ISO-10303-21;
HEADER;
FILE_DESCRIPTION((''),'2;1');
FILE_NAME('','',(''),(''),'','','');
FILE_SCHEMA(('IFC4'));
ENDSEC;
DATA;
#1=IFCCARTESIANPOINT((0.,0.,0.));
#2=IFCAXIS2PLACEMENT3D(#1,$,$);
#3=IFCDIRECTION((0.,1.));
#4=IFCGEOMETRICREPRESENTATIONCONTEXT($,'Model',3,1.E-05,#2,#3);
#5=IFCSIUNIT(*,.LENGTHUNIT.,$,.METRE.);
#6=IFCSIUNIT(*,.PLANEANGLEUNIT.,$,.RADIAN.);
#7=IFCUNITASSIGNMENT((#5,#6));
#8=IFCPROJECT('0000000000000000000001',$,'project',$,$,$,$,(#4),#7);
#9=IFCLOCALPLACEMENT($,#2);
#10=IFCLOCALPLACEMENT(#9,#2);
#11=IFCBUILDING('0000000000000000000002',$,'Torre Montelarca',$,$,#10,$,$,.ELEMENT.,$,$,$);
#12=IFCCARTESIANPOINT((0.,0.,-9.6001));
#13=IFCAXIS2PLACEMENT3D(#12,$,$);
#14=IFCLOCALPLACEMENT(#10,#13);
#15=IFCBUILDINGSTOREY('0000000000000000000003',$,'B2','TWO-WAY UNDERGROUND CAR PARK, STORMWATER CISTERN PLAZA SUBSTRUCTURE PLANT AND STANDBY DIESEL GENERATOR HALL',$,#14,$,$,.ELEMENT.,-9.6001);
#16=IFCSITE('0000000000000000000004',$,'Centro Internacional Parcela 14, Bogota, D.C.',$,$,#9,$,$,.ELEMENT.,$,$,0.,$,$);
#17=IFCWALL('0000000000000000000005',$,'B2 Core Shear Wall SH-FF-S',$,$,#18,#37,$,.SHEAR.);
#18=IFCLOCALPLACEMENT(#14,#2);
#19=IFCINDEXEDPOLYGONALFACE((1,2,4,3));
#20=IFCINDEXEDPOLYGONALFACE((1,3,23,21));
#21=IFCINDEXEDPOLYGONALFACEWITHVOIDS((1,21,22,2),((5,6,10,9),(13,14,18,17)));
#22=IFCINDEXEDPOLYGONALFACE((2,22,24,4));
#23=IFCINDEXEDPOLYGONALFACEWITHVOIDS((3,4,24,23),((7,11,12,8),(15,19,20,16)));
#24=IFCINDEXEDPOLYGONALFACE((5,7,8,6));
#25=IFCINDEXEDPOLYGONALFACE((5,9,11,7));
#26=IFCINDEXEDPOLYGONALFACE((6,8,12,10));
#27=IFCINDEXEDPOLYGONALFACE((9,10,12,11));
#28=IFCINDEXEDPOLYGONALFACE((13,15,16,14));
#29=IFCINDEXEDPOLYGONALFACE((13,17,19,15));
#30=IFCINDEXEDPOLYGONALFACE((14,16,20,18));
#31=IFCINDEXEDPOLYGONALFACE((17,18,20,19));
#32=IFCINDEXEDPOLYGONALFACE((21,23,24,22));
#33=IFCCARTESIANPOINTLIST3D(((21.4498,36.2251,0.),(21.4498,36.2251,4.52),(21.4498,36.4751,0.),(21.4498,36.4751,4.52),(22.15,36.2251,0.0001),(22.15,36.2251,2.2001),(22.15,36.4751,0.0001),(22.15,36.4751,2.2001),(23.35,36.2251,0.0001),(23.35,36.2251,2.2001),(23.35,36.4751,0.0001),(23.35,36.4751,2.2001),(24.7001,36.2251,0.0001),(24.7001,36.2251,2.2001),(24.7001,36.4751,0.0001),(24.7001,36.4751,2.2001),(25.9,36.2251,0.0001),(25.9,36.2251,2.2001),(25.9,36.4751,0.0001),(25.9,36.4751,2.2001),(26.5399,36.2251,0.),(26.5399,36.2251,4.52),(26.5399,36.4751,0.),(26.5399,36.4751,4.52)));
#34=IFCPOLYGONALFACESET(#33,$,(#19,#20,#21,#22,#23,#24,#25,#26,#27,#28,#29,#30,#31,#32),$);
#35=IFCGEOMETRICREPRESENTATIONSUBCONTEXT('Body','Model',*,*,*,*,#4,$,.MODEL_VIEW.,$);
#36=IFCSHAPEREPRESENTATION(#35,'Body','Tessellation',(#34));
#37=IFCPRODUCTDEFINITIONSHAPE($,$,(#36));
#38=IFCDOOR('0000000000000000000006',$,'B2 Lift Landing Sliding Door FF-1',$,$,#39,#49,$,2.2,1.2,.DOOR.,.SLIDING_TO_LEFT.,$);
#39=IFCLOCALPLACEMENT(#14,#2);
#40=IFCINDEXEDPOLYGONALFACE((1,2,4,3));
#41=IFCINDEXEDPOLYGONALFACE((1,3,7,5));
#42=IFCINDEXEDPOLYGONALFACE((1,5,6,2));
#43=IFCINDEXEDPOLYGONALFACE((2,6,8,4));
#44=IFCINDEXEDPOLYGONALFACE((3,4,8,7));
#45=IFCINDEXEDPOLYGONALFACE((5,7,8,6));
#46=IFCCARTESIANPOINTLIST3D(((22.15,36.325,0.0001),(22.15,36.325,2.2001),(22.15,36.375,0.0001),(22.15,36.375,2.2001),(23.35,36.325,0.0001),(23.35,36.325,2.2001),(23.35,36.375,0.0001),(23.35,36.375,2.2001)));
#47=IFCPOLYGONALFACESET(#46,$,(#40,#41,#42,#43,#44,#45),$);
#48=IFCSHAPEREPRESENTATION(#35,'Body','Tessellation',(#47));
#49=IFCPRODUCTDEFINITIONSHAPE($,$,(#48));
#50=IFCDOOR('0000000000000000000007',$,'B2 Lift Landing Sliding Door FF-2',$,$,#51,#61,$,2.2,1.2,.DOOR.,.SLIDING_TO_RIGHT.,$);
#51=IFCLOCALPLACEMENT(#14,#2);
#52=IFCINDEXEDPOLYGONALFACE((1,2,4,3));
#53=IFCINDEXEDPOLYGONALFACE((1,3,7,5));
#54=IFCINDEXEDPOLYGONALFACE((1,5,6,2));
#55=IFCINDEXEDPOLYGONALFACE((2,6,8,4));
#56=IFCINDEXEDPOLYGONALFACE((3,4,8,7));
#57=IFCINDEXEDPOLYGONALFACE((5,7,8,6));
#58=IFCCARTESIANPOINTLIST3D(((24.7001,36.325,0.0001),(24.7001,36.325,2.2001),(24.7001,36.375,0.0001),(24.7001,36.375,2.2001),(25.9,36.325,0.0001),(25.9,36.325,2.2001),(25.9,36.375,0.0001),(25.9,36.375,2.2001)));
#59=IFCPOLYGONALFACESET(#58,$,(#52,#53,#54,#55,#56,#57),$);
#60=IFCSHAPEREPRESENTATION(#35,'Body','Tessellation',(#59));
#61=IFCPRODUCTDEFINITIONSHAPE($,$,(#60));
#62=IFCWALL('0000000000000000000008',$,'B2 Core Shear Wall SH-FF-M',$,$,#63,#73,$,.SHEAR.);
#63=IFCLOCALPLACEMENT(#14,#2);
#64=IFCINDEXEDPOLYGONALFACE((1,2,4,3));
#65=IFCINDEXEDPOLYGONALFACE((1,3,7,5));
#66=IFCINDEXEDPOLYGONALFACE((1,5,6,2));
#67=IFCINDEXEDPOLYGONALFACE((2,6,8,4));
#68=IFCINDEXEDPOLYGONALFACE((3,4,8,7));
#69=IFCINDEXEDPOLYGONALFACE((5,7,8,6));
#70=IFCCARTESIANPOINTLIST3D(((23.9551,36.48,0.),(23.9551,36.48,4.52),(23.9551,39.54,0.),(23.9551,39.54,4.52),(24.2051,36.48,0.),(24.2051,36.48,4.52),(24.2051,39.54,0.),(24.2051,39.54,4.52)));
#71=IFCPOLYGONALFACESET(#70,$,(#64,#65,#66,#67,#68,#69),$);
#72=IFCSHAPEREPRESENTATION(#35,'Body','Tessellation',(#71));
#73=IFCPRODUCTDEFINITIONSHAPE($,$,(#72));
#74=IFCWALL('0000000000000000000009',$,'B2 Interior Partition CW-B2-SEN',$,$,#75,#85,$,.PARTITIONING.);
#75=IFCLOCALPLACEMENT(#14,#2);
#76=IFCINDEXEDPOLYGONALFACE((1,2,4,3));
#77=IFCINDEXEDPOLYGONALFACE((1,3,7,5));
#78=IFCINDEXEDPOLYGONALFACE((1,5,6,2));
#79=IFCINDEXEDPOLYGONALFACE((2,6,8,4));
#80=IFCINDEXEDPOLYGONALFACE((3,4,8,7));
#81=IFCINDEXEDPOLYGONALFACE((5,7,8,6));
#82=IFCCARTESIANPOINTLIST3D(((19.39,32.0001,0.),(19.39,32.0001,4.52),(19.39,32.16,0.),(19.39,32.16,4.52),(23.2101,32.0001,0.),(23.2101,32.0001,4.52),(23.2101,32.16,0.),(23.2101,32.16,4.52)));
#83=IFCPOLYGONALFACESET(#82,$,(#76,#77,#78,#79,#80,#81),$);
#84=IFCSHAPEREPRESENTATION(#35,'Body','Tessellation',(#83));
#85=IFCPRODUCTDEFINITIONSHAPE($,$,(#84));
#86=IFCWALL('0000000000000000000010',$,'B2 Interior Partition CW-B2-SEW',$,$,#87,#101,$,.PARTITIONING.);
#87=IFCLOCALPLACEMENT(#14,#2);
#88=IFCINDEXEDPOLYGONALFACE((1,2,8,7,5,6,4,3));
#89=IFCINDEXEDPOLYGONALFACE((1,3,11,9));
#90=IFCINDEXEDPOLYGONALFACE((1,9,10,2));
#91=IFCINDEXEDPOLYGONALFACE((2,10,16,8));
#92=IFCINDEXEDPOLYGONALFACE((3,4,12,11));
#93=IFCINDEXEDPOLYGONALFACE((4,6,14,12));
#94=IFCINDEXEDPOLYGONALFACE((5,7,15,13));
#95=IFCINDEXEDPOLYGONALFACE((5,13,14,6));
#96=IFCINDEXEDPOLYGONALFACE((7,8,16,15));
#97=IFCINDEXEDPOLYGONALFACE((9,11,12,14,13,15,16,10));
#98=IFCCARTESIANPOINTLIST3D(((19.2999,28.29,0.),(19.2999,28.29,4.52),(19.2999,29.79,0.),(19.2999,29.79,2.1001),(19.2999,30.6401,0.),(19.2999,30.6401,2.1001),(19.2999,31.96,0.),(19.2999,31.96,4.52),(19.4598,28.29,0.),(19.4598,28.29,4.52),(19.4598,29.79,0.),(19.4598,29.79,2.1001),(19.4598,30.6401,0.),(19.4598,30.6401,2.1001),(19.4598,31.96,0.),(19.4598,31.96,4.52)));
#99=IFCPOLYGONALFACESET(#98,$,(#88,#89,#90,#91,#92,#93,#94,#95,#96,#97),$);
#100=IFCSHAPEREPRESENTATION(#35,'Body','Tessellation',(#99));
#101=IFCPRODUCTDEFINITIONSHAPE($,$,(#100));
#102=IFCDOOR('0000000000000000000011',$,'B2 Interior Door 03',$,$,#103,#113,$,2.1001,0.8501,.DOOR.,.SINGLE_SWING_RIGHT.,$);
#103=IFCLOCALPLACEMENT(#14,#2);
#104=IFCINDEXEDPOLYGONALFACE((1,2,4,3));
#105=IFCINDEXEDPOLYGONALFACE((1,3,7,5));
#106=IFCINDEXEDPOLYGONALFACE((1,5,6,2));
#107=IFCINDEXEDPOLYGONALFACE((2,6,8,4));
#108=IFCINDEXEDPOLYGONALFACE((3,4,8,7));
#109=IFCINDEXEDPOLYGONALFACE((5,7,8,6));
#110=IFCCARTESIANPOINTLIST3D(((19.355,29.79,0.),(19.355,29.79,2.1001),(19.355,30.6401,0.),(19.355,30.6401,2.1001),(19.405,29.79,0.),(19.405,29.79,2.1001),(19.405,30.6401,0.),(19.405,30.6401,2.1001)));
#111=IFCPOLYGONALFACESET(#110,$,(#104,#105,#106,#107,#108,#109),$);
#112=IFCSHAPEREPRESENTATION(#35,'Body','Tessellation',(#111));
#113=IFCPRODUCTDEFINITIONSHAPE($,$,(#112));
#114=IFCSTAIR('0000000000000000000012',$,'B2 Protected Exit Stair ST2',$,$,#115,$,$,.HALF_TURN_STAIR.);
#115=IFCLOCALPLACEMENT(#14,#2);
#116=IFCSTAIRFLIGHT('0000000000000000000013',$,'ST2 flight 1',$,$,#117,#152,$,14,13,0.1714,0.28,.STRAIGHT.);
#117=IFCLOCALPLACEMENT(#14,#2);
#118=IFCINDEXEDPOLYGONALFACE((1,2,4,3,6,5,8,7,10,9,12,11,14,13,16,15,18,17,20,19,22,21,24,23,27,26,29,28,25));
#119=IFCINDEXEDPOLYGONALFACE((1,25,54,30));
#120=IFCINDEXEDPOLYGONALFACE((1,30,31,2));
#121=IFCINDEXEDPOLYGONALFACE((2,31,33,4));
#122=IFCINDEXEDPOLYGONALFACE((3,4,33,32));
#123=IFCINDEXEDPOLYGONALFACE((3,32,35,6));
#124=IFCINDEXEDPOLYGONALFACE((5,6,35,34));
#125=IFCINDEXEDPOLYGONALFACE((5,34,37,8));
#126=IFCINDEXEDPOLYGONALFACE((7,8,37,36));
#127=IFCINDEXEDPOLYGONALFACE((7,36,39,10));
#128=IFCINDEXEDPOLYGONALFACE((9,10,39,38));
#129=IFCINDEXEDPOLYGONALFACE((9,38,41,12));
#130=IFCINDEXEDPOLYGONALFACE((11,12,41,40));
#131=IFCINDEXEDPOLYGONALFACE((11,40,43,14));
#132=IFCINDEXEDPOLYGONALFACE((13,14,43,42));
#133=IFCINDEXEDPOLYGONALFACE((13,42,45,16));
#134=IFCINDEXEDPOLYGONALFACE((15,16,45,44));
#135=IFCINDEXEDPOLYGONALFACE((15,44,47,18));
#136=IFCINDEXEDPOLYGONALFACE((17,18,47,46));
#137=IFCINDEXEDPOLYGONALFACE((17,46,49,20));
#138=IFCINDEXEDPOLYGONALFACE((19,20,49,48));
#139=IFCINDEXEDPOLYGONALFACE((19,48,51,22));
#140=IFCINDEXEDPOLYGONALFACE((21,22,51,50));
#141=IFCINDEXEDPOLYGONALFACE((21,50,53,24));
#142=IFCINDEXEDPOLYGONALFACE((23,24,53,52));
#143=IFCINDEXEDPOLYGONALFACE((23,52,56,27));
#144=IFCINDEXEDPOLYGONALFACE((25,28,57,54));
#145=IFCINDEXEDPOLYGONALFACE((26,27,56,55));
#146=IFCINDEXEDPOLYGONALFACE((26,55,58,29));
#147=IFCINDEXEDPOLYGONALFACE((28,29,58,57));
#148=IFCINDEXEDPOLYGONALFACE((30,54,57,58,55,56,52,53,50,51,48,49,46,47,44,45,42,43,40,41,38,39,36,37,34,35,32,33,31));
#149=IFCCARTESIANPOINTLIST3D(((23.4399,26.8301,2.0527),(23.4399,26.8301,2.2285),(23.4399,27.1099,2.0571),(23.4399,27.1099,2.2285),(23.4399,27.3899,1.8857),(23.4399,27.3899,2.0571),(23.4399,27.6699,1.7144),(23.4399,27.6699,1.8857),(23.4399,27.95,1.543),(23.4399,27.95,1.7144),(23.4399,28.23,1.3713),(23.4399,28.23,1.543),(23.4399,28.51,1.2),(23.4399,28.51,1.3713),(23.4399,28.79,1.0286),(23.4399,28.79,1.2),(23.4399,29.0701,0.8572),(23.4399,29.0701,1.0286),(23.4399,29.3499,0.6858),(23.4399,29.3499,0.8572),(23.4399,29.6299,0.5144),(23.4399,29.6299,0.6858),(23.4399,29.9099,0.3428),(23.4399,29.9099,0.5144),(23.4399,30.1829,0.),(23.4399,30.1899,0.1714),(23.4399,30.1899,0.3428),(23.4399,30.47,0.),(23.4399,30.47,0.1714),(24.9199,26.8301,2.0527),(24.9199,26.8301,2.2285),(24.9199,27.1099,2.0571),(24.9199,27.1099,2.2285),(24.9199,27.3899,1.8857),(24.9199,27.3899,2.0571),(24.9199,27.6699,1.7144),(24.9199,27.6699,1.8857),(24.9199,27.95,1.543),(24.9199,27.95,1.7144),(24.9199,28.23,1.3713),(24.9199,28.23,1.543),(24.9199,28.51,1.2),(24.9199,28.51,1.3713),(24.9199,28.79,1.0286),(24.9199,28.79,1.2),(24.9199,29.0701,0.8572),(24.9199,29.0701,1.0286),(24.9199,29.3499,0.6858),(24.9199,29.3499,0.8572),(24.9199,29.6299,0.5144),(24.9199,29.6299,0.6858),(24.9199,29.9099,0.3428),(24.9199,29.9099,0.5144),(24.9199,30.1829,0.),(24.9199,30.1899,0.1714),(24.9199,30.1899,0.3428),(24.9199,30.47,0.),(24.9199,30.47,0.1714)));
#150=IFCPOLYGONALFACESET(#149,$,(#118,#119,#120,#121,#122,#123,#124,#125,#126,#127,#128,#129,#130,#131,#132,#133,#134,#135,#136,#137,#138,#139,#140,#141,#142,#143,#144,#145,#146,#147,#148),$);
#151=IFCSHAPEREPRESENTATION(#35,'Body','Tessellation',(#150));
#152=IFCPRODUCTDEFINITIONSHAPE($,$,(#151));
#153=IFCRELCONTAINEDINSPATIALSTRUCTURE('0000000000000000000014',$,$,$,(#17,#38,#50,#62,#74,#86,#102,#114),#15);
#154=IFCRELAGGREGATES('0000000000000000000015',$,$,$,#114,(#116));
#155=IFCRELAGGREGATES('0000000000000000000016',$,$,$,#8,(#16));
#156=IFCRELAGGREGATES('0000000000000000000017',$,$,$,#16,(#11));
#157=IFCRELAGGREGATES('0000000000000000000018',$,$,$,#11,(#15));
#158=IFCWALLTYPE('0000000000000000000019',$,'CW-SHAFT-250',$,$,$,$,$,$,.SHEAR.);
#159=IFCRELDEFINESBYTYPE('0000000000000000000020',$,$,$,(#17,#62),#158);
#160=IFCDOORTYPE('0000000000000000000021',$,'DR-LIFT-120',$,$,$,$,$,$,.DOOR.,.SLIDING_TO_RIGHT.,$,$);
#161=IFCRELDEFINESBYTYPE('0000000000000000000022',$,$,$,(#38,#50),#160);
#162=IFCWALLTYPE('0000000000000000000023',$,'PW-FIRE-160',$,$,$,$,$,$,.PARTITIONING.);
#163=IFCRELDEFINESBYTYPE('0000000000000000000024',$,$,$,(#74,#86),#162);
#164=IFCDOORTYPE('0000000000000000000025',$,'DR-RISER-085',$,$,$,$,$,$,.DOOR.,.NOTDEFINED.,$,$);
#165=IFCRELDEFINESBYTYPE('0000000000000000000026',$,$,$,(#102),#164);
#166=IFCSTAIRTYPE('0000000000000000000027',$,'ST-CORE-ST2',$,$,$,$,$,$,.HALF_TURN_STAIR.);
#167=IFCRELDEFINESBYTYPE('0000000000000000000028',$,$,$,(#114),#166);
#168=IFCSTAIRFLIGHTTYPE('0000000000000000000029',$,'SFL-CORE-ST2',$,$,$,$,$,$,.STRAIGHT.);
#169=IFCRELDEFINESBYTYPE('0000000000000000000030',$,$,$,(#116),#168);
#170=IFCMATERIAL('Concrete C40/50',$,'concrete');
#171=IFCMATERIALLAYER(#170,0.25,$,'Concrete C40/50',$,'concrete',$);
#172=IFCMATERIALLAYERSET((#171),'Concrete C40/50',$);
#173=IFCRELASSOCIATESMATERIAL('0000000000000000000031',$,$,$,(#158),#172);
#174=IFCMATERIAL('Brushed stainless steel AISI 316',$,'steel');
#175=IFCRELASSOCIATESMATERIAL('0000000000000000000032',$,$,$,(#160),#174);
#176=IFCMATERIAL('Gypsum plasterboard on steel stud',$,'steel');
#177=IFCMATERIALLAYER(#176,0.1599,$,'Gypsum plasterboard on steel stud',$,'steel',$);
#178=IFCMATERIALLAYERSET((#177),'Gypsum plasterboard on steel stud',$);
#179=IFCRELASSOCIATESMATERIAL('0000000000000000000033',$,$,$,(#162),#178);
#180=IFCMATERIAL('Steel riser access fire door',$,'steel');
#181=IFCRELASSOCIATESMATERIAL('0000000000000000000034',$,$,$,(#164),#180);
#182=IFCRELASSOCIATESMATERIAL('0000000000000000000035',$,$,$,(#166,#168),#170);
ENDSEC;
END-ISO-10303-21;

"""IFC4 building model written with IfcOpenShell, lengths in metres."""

from ifc_helpers import new_model, si_unit, direction, frame, frame_2d, origin, place, context, subcontext, project, spatial, polyline, rectangle, outline, extrude, source, transform, mapped, material, layer, layer_set, type_object, element, fill, aggregate, save


model = new_model("IFC4")

# Units and contexts
model_context = context("Model", 3, precision=1e-05, world=origin(), true_north=direction((0.0, 1.0)))
body_context = subcontext(model_context, "Body", "Model", "MODEL_VIEW")
ifc_project = project(units=[si_unit("LENGTHUNIT", "METRE"), si_unit("PLANEANGLEUNIT", "RADIAN")], contexts=[model_context])

# Site, building, storey
site_placement = place(None, origin())
site = spatial("IfcSite", under=ifc_project, at=site_placement, Name="Centro Internacional Parcela 14, Bogota, D.C.", CompositionType="ELEMENT", RefElevation=0.0)
building_placement = place(site_placement, origin())
building = spatial("IfcBuilding", under=site, at=building_placement, Name="Torre Montelarca", CompositionType="ELEMENT")
storey_placement = place(building_placement, frame((0.0, 0.0, -9.6001)))
storey = spatial("IfcBuildingStorey", under=building, at=storey_placement, Name="B2", Description="TWO-WAY UNDERGROUND CAR PARK, STORMWATER CISTERN PLAZA SUBSTRUCTURE PLANT AND STANDBY DIESEL GENERATOR HALL", CompositionType="ELEMENT", Elevation=-9.6001)

# Shared definitions
ifc_material_1 = material(Name="Concrete C40/50", Category="concrete")

# Shared definitions
ifc_layer_1 = layer(ifc_material_1, 0.25, Name="Concrete C40/50", Category="concrete")
ifc_layer_set_1 = layer_set([ifc_layer_1], Name="Concrete C40/50")
wall_type_1 = type_object("IfcWallType", Name="CW-SHAFT-250", PredefinedType="SHEAR", material=ifc_layer_set_1)

# Wall, openings, doors
wall_1_placement = place(storey_placement, frame((21.45, 36.3501, 0.0), z_axis=(0.0, 0.0, 1.0), x_axis=(1.0, 0.0, 0.0)))
wall_1 = element("IfcWall", 1, at=wall_1_placement, inside=storey, type_object=wall_type_1, Name="B2 Core Shear Wall SH-FF-S", PredefinedType="SHEAR", context=body_context, shape_type="SweptSolid", body=[
    extrude(rectangle(XDim=5.0901, YDim=0.25, at=frame_2d((2.5449, 0.0))), origin(), (0.0, 0.0, 1.0), 4.52),
])
opening_1_placement = place(wall_1_placement, frame((0.7, 0.0, 0.0)))
opening_1 = element("IfcOpeningElement", 2, at=opening_1_placement, cuts=wall_1, PredefinedType="OPENING", context=body_context, shape_type="SweptSolid", body=[
    extrude(rectangle(XDim=1.2, YDim=2.2, at=frame_2d((0.6001, 1.1001))), frame((0.0, 0.135, 0.0), z_axis=(0.0, -1.0, 0.0), x_axis=(1.0, 0.0, 0.0)), (0.0, 0.0, 1.0), 0.27),
])
opening_2_placement = place(wall_1_placement, frame((3.25, 0.0, 0.0)))
opening_2 = element("IfcOpeningElement", 3, at=opening_2_placement, cuts=wall_1, PredefinedType="OPENING", context=body_context, shape_type="SweptSolid", body=[
    extrude(rectangle(XDim=1.2, YDim=2.2, at=frame_2d((0.6001, 1.1001))), frame((0.0, 0.135, 0.0), z_axis=(0.0, -1.0, 0.0), x_axis=(1.0, 0.0, 0.0)), (0.0, 0.0, 1.0), 0.27),
])
ifc_material_2 = material(Name="Brushed stainless steel AISI 316", Category="steel")
door_type_1 = type_object("IfcDoorType", Name="DR-LIFT-120", OperationType="SLIDING_TO_RIGHT", PredefinedType="DOOR", material=ifc_material_2)
shared_shape_1 = source(origin(), body_context, "Body", "SweptSolid", [
    extrude(rectangle(XDim=1.2, YDim=2.2, at=frame_2d((0.6001, 1.1001))), frame((0.0, 0.0249, 0.0), z_axis=(0.0, -1.0, 0.0), x_axis=(1.0, 0.0, 0.0)), (0.0, 0.0, 1.0), 0.05),
])
door_1_placement = place(opening_1_placement, origin())
door_1 = element("IfcDoor", 4, at=door_1_placement, inside=storey, type_object=door_type_1, Name="B2 Lift Landing Sliding Door FF-1", OperationType="SLIDING_TO_LEFT", OverallHeight=2.2, OverallWidth=1.2, PredefinedType="DOOR", context=body_context, shape_type="MappedRepresentation", body=[
    mapped(shared_shape_1, transform((0.0, 0.0, 0.0), scale=1.0)),
])
fill(opening_1, door_1)
door_2_placement = place(opening_2_placement, origin())
door_2 = element("IfcDoor", 5, at=door_2_placement, inside=storey, type_object=door_type_1, Name="B2 Lift Landing Sliding Door FF-2", OperationType="SLIDING_TO_RIGHT", OverallHeight=2.2, OverallWidth=1.2, PredefinedType="DOOR", context=body_context, shape_type="MappedRepresentation", body=[
    mapped(shared_shape_1, transform((0.0, 0.0, 0.0), scale=1.0)),
])
fill(opening_2, door_2)

# Walls
wall_2_placement = place(storey_placement, frame((24.0801, 36.48, 0.0), z_axis=(0.0, 0.0, 1.0), x_axis=(0.0, 1.0, 0.0)))
element("IfcWall", 6, at=wall_2_placement, inside=storey, type_object=wall_type_1, Name="B2 Core Shear Wall SH-FF-M", PredefinedType="SHEAR", context=body_context, shape_type="SweptSolid", body=[
    extrude(rectangle(XDim=3.0601, YDim=0.25, at=frame_2d((1.53, 0.0))), origin(), (0.0, 0.0, 1.0), 4.52),
])
ifc_material_3 = material(Name="Gypsum plasterboard on steel stud", Category="steel")
ifc_layer_2 = layer(ifc_material_3, 0.1599, Name="Gypsum plasterboard on steel stud", Category="steel")
ifc_layer_set_2 = layer_set([ifc_layer_2], Name="Gypsum plasterboard on steel stud")
wall_type_2 = type_object("IfcWallType", Name="PW-FIRE-160", PredefinedType="PARTITIONING", material=ifc_layer_set_2)
wall_3_placement = place(storey_placement, frame((19.3899, 32.0801, 0.0), z_axis=(0.0, 0.0, 1.0), x_axis=(1.0, 0.0, 0.0)))
element("IfcWall", 7, at=wall_3_placement, inside=storey, type_object=wall_type_2, Name="B2 Interior Partition CW-B2-SEN", PredefinedType="PARTITIONING", context=body_context, shape_type="SweptSolid", body=[
    extrude(rectangle(XDim=3.8201, YDim=0.1599, at=frame_2d((1.9102, 0.0))), origin(), (0.0, 0.0, 1.0), 4.52),
])

# Wall, opening, door
wall_4_placement = place(storey_placement, frame((19.3799, 28.29, 0.0), z_axis=(0.0, 0.0, 1.0), x_axis=(0.0, 1.0, 0.0)))
wall_4 = element("IfcWall", 8, at=wall_4_placement, inside=storey, type_object=wall_type_2, Name="B2 Interior Partition CW-B2-SEW", PredefinedType="PARTITIONING", context=body_context, shape_type="SweptSolid", body=[
    extrude(rectangle(XDim=3.6699, YDim=0.1599, at=frame_2d((1.835, 0.0))), origin(), (0.0, 0.0, 1.0), 4.52),
])
opening_3_placement = place(wall_4_placement, frame((1.5, 0.0, 0.0)))
opening_3 = element("IfcOpeningElement", 9, at=opening_3_placement, cuts=wall_4, PredefinedType="OPENING", context=body_context, shape_type="SweptSolid", body=[
    extrude(rectangle(XDim=0.8501, YDim=2.1001, at=frame_2d((0.425, 1.05))), frame((0.0, 0.0898, 0.0), z_axis=(0.0, -1.0, 0.0), x_axis=(1.0, 0.0, 0.0)), (0.0, 0.0, 1.0), 0.1799),
])
ifc_material_4 = material(Name="Steel riser access fire door", Category="steel")
door_type_2 = type_object("IfcDoorType", Name="DR-RISER-085", OperationType="NOTDEFINED", PredefinedType="DOOR", material=ifc_material_4)
shared_shape_2 = source(origin(), body_context, "Body", "SweptSolid", [
    extrude(rectangle(XDim=0.8501, YDim=2.1001, at=frame_2d((0.425, 1.05))), frame((0.0, 0.0249, 0.0), z_axis=(0.0, -1.0, 0.0), x_axis=(1.0, 0.0, 0.0)), (0.0, 0.0, 1.0), 0.05),
])
door_3_placement = place(opening_3_placement, origin())
door_3 = element("IfcDoor", 10, at=door_3_placement, inside=storey, type_object=door_type_2, Name="B2 Interior Door 03", OperationType="SINGLE_SWING_RIGHT", OverallHeight=2.1001, OverallWidth=0.8501, PredefinedType="DOOR", context=body_context, shape_type="MappedRepresentation", body=[
    mapped(shared_shape_2, transform((0.0, 0.0, 0.0), scale=1.0)),
])
fill(opening_3, door_3)

# Stair, stair flight
stair_type = type_object("IfcStairType", Name="ST-CORE-ST2", PredefinedType="HALF_TURN_STAIR", material=ifc_material_1)
stair_placement = place(storey_placement, origin())
stair = element("IfcStair", 11, at=stair_placement, inside=storey, type_object=stair_type, Name="B2 Protected Exit Stair ST2", PredefinedType="HALF_TURN_STAIR")
stair_flight_type = type_object("IfcStairFlightType", Name="SFL-CORE-ST2", PredefinedType="STRAIGHT", material=ifc_material_1)
stair_flight_placement = place(storey_placement, frame((24.1799, 30.47, 0.0), z_axis=(0.0, 0.0, 1.0), x_axis=(0.0, -1.0, 0.0)))
stair_flight = element("IfcStairFlight", 12, at=stair_flight_placement, type_object=stair_flight_type, Name="ST2 flight 1", NumberOfRisers=14, NumberOfTreads=13, PredefinedType="STRAIGHT", RiserHeight=0.1714, TreadLength=0.28, context=body_context, shape_type="SweptSolid", body=[
    extrude(outline(polyline([(0.0, 0.0), (0.0, 0.1714), (0.28, 0.1714), (0.28, 0.3428), (0.5601, 0.3428), (0.5601, 0.5144), (0.8401, 0.5144), (0.8401, 0.6858), (1.1201, 0.6858), (1.1201, 0.8572), (1.3999, 0.8572), (1.3999, 1.0286), (1.6799, 1.0286), (1.6799, 1.2), (1.96, 1.2), (1.96, 1.3713), (2.24, 1.3713), (2.24, 1.543), (2.52, 1.543), (2.52, 1.7144), (2.8, 1.7144), (2.8, 1.8857), (3.0801, 1.8857), (3.0801, 2.0571), (3.3601, 2.0571), (3.3601, 2.2285), (3.6399, 2.2285), (3.6399, 2.3999), (3.6399, 2.0527), (0.2871, 0.0), (0.0, 0.0)])), frame((0.0, 0.74, 0.0), z_axis=(0.0, -1.0, 0.0), x_axis=(1.0, 0.0, 0.0)), (0.0, 0.0, 1.0), 1.48),
])
aggregate(stair, [stair_flight])

save(model, "model.ifc")
